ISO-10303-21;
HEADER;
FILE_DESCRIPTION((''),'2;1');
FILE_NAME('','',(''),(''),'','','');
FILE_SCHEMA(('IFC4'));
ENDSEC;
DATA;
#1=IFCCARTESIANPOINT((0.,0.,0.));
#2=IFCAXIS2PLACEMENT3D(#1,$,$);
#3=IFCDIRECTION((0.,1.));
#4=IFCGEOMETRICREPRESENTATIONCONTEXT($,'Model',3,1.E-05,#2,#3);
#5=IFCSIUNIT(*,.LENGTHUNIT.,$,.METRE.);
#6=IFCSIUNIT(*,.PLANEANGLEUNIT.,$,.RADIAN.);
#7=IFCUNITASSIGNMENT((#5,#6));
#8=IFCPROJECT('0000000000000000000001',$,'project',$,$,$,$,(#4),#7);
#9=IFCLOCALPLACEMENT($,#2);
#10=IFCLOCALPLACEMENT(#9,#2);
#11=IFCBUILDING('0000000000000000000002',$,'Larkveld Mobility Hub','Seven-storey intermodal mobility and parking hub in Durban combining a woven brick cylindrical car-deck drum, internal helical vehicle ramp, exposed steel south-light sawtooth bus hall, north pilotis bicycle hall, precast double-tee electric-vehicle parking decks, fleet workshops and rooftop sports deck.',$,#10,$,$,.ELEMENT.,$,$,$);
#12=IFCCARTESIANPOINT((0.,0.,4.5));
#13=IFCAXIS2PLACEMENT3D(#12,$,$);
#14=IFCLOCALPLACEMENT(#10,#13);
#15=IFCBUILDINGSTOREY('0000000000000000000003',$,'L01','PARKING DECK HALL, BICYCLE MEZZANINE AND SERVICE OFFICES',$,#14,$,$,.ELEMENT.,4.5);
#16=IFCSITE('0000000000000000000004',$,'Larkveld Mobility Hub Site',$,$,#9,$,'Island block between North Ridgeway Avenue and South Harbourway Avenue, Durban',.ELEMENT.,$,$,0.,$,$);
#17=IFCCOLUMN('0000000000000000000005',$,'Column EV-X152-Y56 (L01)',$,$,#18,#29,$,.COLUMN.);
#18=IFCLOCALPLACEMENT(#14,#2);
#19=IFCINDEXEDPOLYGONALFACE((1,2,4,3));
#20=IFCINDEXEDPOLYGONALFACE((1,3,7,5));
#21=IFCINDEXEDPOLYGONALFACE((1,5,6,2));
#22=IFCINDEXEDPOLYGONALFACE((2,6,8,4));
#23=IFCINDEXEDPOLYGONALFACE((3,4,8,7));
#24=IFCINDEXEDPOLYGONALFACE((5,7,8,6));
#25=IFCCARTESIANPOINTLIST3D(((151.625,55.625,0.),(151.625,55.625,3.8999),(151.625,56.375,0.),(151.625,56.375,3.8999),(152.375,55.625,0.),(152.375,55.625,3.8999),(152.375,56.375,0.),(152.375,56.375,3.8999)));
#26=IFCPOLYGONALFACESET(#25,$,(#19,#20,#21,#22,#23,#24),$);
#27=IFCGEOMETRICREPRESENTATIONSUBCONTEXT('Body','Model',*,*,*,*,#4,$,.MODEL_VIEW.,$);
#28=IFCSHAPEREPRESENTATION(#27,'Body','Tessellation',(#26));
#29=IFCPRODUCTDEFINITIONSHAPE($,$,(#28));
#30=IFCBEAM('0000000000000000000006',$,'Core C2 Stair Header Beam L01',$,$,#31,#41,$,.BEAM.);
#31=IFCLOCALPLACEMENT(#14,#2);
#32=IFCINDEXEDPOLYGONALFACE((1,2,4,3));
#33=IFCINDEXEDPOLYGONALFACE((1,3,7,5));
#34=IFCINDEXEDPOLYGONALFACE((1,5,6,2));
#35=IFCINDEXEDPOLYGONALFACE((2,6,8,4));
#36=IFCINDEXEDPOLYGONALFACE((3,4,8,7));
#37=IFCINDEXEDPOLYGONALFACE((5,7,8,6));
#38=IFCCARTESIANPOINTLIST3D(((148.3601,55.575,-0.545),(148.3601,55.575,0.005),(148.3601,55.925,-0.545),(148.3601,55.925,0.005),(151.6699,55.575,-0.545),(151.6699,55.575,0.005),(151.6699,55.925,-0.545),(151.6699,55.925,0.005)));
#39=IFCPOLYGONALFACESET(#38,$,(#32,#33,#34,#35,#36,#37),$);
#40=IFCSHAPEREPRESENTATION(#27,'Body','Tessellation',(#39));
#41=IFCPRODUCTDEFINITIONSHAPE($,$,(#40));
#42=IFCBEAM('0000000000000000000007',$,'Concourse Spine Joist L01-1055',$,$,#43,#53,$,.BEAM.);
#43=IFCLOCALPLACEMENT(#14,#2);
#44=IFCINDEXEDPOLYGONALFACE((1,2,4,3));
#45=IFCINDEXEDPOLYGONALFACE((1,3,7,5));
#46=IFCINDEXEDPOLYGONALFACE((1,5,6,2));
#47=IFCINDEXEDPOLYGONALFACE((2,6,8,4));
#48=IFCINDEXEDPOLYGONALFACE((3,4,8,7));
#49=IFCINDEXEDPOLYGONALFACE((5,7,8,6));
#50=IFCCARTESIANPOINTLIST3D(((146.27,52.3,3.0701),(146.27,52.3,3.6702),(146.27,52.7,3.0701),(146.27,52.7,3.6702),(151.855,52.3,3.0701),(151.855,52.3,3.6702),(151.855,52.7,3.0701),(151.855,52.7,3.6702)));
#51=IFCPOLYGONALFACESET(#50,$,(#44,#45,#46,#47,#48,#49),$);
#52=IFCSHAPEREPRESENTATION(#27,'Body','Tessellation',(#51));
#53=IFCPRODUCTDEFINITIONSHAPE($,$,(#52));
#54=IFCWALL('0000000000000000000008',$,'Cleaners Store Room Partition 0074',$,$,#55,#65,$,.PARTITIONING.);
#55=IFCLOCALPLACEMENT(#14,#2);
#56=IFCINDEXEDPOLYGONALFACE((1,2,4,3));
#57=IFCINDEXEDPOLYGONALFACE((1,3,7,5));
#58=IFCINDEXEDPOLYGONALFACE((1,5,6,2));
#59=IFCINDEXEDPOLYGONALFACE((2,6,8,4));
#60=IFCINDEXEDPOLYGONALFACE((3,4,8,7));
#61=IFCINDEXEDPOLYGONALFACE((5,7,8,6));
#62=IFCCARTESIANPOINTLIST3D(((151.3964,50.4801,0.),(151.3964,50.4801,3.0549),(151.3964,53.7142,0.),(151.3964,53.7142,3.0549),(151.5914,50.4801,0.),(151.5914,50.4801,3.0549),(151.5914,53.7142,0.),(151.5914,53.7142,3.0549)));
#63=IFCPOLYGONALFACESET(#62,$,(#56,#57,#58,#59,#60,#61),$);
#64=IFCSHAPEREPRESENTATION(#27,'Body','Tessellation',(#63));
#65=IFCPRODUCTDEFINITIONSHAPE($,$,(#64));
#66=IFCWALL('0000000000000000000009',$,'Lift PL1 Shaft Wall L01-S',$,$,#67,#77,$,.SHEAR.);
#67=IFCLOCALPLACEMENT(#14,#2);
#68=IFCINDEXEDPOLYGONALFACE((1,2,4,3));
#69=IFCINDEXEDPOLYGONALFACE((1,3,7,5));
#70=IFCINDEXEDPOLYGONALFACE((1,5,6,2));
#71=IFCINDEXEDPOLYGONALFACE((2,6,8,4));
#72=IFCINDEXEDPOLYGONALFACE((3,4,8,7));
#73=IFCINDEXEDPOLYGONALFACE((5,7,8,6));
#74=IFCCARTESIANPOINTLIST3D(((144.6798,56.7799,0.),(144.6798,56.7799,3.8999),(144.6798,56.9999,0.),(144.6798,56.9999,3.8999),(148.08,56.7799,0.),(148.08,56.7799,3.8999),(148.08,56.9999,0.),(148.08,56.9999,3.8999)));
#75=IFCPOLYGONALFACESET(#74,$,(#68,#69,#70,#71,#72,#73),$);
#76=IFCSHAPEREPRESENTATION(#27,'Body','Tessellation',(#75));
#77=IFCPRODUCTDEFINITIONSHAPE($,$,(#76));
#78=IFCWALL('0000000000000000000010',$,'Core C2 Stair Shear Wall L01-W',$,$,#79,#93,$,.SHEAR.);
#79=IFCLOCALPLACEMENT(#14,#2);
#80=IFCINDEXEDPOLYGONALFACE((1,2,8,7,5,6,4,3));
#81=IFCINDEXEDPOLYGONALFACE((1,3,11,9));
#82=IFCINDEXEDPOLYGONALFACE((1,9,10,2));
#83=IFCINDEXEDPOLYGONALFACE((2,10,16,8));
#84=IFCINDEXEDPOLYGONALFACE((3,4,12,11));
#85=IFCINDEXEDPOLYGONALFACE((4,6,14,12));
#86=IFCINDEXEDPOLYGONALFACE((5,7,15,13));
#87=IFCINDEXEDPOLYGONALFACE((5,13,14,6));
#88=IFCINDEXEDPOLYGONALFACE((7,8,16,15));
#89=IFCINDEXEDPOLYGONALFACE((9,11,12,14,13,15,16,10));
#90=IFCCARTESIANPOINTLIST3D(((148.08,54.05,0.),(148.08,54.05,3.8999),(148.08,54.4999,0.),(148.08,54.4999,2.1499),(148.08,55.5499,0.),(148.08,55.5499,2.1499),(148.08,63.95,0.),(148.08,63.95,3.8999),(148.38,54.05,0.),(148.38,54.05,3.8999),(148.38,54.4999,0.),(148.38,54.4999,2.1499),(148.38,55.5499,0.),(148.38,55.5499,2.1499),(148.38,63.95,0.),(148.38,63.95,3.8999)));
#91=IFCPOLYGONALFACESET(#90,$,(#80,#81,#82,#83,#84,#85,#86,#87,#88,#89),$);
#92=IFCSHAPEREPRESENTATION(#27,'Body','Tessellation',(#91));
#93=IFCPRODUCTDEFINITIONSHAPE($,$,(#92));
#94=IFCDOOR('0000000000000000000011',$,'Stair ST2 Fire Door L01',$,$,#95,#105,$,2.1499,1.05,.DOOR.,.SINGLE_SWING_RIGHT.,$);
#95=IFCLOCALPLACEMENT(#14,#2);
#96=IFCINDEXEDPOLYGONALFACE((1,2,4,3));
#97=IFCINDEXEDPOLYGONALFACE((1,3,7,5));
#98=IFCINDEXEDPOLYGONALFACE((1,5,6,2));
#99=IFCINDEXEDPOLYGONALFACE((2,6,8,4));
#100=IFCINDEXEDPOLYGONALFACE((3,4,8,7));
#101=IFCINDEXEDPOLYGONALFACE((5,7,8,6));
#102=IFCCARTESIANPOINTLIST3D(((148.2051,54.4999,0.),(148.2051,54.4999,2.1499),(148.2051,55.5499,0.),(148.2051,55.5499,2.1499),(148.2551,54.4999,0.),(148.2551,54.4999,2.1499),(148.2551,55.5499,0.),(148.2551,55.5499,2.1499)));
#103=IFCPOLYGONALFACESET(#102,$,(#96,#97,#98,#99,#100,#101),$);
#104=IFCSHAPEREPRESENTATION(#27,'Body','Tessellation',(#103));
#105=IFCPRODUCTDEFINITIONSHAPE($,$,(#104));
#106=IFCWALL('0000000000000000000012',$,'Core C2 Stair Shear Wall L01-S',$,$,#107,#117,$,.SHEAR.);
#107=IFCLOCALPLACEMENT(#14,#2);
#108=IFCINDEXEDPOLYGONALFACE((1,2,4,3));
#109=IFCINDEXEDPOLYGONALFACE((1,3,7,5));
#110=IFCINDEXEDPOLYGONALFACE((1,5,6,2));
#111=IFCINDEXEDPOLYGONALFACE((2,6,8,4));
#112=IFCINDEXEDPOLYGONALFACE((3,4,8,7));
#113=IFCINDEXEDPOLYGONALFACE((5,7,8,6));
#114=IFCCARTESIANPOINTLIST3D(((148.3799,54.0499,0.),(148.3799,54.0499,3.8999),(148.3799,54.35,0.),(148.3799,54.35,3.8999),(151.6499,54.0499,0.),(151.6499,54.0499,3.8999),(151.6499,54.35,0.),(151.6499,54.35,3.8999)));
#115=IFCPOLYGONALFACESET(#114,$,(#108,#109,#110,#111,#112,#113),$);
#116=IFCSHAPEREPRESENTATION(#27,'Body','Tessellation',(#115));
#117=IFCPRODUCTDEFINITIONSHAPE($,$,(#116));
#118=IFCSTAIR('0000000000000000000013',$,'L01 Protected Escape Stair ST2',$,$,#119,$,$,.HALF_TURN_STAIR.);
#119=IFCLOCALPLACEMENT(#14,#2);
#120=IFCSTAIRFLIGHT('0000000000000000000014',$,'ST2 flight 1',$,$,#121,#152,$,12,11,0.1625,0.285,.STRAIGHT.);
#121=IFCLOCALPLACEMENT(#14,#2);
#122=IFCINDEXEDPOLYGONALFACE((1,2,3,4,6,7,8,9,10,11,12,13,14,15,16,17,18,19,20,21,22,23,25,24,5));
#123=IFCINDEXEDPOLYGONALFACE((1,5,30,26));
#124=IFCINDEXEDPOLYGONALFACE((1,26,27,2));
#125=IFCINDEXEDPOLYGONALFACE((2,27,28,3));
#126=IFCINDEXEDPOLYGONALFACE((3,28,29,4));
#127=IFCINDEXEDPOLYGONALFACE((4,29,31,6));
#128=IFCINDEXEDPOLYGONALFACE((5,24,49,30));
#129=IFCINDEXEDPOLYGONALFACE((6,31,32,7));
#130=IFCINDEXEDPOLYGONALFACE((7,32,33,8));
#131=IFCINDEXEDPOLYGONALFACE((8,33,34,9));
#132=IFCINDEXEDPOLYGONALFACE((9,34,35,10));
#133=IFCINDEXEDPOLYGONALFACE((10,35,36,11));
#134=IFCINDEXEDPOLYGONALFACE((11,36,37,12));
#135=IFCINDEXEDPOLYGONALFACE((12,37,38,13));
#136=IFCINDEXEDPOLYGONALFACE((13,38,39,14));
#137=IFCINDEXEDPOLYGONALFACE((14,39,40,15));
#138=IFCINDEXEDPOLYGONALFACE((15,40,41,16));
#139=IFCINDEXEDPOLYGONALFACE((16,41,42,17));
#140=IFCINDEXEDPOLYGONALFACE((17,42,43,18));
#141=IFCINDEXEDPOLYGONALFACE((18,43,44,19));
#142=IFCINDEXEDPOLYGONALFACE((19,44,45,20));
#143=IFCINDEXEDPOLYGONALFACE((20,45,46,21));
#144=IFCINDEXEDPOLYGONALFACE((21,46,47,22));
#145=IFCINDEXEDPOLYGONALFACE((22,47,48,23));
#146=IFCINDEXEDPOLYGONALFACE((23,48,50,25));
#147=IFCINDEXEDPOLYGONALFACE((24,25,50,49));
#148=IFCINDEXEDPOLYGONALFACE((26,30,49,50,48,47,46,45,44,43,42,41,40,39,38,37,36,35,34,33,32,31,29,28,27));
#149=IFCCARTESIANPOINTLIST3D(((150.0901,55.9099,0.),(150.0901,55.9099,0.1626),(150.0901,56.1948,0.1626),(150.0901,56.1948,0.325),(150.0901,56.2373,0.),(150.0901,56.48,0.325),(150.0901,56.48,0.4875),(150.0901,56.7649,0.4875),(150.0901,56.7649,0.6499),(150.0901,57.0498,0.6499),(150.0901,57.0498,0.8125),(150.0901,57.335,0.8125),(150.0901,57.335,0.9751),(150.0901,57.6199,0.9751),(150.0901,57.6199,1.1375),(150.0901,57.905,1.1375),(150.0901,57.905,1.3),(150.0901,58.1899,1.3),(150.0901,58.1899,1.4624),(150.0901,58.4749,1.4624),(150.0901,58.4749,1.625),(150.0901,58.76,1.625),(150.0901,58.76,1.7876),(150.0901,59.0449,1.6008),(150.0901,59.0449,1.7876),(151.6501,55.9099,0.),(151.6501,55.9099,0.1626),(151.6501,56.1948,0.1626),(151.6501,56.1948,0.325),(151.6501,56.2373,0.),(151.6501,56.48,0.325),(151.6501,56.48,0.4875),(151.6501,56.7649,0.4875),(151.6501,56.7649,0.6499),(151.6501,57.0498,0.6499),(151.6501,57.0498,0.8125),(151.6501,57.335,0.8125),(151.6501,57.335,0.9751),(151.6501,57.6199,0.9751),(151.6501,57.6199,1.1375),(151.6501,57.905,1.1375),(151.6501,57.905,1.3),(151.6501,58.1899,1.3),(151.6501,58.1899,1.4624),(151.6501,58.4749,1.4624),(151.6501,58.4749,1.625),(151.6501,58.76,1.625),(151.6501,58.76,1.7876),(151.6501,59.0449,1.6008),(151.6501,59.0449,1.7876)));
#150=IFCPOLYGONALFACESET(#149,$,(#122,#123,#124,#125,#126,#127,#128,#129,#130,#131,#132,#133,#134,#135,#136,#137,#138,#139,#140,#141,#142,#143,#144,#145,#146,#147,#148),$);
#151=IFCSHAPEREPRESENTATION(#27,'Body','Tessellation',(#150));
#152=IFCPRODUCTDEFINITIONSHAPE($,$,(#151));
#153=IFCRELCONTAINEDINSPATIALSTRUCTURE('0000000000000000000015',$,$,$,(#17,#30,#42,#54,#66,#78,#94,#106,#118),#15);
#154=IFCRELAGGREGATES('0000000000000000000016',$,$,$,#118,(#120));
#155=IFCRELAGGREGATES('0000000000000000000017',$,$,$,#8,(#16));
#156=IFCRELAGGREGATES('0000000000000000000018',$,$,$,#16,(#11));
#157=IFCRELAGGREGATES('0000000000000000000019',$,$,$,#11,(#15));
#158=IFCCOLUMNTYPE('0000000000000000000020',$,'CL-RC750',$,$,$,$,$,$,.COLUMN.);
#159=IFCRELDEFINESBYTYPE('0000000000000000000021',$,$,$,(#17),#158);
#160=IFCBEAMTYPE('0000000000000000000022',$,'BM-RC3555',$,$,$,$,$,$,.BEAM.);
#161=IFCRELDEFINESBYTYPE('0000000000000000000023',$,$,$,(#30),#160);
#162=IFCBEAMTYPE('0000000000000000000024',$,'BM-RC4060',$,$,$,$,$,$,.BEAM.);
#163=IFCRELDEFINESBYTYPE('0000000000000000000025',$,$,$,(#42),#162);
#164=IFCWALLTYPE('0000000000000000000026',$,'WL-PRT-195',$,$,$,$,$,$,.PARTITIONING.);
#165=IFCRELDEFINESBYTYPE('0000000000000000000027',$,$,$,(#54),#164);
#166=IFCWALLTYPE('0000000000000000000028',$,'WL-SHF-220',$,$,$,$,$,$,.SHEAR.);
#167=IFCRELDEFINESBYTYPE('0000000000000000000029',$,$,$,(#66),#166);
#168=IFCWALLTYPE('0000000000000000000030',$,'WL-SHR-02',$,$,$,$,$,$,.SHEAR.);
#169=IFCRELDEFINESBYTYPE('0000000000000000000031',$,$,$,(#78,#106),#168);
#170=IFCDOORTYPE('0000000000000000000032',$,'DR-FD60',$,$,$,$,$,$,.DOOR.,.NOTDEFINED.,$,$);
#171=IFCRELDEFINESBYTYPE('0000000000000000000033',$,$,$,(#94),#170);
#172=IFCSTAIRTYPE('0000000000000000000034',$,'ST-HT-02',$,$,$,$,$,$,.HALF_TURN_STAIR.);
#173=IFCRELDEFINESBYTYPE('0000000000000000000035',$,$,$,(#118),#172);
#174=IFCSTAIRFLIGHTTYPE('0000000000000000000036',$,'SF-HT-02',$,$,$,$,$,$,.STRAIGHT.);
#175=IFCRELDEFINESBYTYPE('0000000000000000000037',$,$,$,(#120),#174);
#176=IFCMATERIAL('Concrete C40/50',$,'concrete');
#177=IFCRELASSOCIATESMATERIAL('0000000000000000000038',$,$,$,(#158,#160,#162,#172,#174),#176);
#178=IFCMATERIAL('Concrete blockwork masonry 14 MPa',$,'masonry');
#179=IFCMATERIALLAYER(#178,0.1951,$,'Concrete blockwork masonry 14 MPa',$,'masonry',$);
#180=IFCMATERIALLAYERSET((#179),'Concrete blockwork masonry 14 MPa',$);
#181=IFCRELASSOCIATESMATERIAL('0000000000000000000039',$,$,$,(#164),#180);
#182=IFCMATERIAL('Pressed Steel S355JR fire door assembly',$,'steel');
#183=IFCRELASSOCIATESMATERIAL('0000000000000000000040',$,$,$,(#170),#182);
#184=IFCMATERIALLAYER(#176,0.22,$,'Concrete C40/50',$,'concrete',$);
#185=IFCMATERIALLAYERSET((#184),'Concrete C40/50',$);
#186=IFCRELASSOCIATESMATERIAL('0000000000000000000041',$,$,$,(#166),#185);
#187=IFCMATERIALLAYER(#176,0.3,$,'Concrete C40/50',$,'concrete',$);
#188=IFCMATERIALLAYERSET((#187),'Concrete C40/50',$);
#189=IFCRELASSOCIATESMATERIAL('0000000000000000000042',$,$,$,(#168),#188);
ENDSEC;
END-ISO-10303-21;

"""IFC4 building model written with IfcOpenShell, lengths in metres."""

from ifc_helpers import new_model, si_unit, direction, frame, frame_2d, origin, origin_2d, place, context, subcontext, project, spatial, polyline, rectangle, outline, extrude, material, layer, layer_set, material_profile, profile_set, type_object, element, fill, aggregate, save


model = new_model("IFC4")

# Units and contexts
model_context = context("Model", 3, precision=1e-05, world=origin(), true_north=direction((0.0, 1.0)))
body_context = subcontext(model_context, "Body", "Model", "MODEL_VIEW")
ifc_project = project(units=[si_unit("LENGTHUNIT", "METRE"), si_unit("PLANEANGLEUNIT", "RADIAN")], contexts=[model_context])

# Site, building, storey
site_placement = place(None, origin())
site = spatial("IfcSite", under=ifc_project, at=site_placement, Name="Larkveld Mobility Hub Site", LongName="Island block between North Ridgeway Avenue and South Harbourway Avenue, Durban", CompositionType="ELEMENT", RefElevation=0.0)
building_placement = place(site_placement, origin())
building = spatial("IfcBuilding", under=site, at=building_placement, Name="Larkveld Mobility Hub", Description="Seven-storey intermodal mobility and parking hub in Durban combining a woven brick cylindrical car-deck drum, internal helical vehicle ramp, exposed steel south-light sawtooth bus hall, north pilotis bicycle hall, precast double-tee electric-vehicle parking decks, fleet workshops and rooftop sports deck.", CompositionType="ELEMENT")
storey_placement = place(building_placement, frame((0.0, 0.0, 4.5)))
storey = spatial("IfcBuildingStorey", under=building, at=storey_placement, Name="L01", Description="PARKING DECK HALL, BICYCLE MEZZANINE AND SERVICE OFFICES", CompositionType="ELEMENT", Elevation=4.5)

# Column
ifc_material_1 = material(Name="Concrete C40/50", Category="concrete")
ifc_material_profile_1 = material_profile(ifc_material_1, rectangle(XDim=0.75, YDim=0.75, at=origin_2d()), Name="RC COL 750x750")
ifc_profile_set_1 = profile_set([ifc_material_profile_1], Name="Concrete C40/50")
column_type = type_object("IfcColumnType", Name="CL-RC750", PredefinedType="COLUMN", material=ifc_profile_set_1)
column_placement = place(storey_placement, frame((152.0, 56.0, 0.0), z_axis=(0.0, 0.0, 1.0), x_axis=(1.0, 0.0, 0.0)))
element("IfcColumn", 1, at=column_placement, inside=storey, type_object=column_type, Name="Column EV-X152-Y56 (L01)", PredefinedType="COLUMN", context=body_context, shape_type="SweptSolid", body=[
    extrude(rectangle(XDim=0.75, YDim=0.75, at=origin_2d()), origin(), (0.0, 0.0, 1.0), 3.8999),
])

# Beams
ifc_material_profile_2 = material_profile(ifc_material_1, rectangle(XDim=0.3501, YDim=0.55, at=origin_2d()), Name="RC BM 350x550")
ifc_profile_set_2 = profile_set([ifc_material_profile_2], Name="Concrete C40/50")
beam_type_1 = type_object("IfcBeamType", Name="BM-RC3555", PredefinedType="BEAM", material=ifc_profile_set_2)
beam_1_placement = place(storey_placement, frame((148.3601, 55.75, -0.27), z_axis=(1.0, 0.0, 0.0), x_axis=(0.0, 1.0, 0.0)))
element("IfcBeam", 2, at=beam_1_placement, inside=storey, type_object=beam_type_1, Name="Core C2 Stair Header Beam L01", PredefinedType="BEAM", context=body_context, shape_type="SweptSolid", body=[
    extrude(rectangle(XDim=0.3501, YDim=0.55, at=origin_2d()), origin(), (0.0, 0.0, 1.0), 3.3098),
])
ifc_material_profile_3 = material_profile(ifc_material_1, rectangle(XDim=0.3999, YDim=0.6001, at=origin_2d()), Name="RC BM 400x600")
ifc_profile_set_3 = profile_set([ifc_material_profile_3], Name="Concrete C40/50")
beam_type_2 = type_object("IfcBeamType", Name="BM-RC4060", PredefinedType="BEAM", material=ifc_profile_set_3)
beam_2_placement = place(storey_placement, frame((146.27, 52.5, 3.3701), z_axis=(1.0, 0.0, 0.0), x_axis=(0.0, 1.0, 0.0)))
element("IfcBeam", 3, at=beam_2_placement, inside=storey, type_object=beam_type_2, Name="Concourse Spine Joist L01-1055", PredefinedType="BEAM", context=body_context, shape_type="SweptSolid", body=[
    extrude(rectangle(XDim=0.3999, YDim=0.6001, at=origin_2d()), origin(), (0.0, 0.0, 1.0), 5.585),
])

# Shared definitions
ifc_material_2 = material(Name="Concrete blockwork masonry 14 MPa", Category="masonry")
ifc_layer_1 = layer(ifc_material_2, 0.1951, Name="Concrete blockwork masonry 14 MPa", Category="masonry")
ifc_layer_set_1 = layer_set([ifc_layer_1], Name="Concrete blockwork masonry 14 MPa")
wall_type_1 = type_object("IfcWallType", Name="WL-PRT-195", PredefinedType="PARTITIONING", material=ifc_layer_set_1)
ifc_material_3 = material(Name="Pressed Steel S355JR fire door assembly", Category="steel")
door_type = type_object("IfcDoorType", Name="DR-FD60", OperationType="NOTDEFINED", PredefinedType="DOOR", material=ifc_material_3)

# Walls
wall_1_placement = place(storey_placement, frame((151.4939, 50.48, 0.0), z_axis=(0.0, 0.0, 1.0), x_axis=(0.0, 1.0, 0.0)))
element("IfcWall", 4, at=wall_1_placement, inside=storey, type_object=wall_type_1, Name="Cleaners Store Room Partition 0074", PredefinedType="PARTITIONING", context=body_context, shape_type="SweptSolid", body=[
    extrude(rectangle(XDim=3.2341, YDim=0.1951, at=frame_2d((1.6172, 0.0))), origin(), (0.0, 0.0, 1.0), 3.0549),
])
ifc_layer_2 = layer(ifc_material_1, 0.22, Name="Concrete C40/50", Category="concrete")
ifc_layer_set_2 = layer_set([ifc_layer_2], Name="Concrete C40/50")
wall_type_2 = type_object("IfcWallType", Name="WL-SHF-220", PredefinedType="SHEAR", material=ifc_layer_set_2)
wall_2_placement = place(storey_placement, frame((148.0801, 56.8899, 0.0), z_axis=(0.0, 0.0, 1.0), x_axis=(-1.0, 0.0, 0.0)))
element("IfcWall", 5, at=wall_2_placement, inside=storey, type_object=wall_type_2, Name="Lift PL1 Shaft Wall L01-S", PredefinedType="SHEAR", context=body_context, shape_type="SweptSolid", body=[
    extrude(rectangle(XDim=3.4001, YDim=0.22, at=frame_2d((1.7002, 0.0))), origin(), (0.0, 0.0, 1.0), 3.8999),
])

# Wall, opening, door
ifc_layer_3 = layer(ifc_material_1, 0.3, Name="Concrete C40/50", Category="concrete")
ifc_layer_set_3 = layer_set([ifc_layer_3], Name="Concrete C40/50")
wall_type_3 = type_object("IfcWallType", Name="WL-SHR-02", PredefinedType="SHEAR", material=ifc_layer_set_3)
wall_3_placement = place(storey_placement, frame((148.23, 54.05, 0.0), z_axis=(0.0, 0.0, 1.0), x_axis=(0.0, 1.0, 0.0)))
wall_3 = element("IfcWall", 6, at=wall_3_placement, inside=storey, type_object=wall_type_3, Name="Core C2 Stair Shear Wall L01-W", PredefinedType="SHEAR", context=body_context, shape_type="SweptSolid", body=[
    extrude(rectangle(XDim=9.8999, YDim=0.3, at=frame_2d((4.95, 0.0))), origin(), (0.0, 0.0, 1.0), 3.8999),
])
opening_1_placement = place(wall_3_placement, frame((0.45, 0.0, 0.0)))
opening_1 = element("IfcOpeningElement", 7, at=opening_1_placement, cuts=wall_3, PredefinedType="OPENING", context=body_context, shape_type="SweptSolid", body=[
    extrude(rectangle(XDim=1.05, YDim=2.1499, at=frame_2d((0.5249, 1.075))), frame((0.0, 0.1602, 0.0), z_axis=(0.0, -1.0, 0.0), x_axis=(1.0, 0.0, 0.0)), (0.0, 0.0, 1.0), 0.3201),
])
door_1_placement = place(opening_1_placement, origin())
door_1 = element("IfcDoor", 8, at=door_1_placement, inside=storey, type_object=door_type, Name="Stair ST2 Fire Door L01", OperationType="SINGLE_SWING_RIGHT", OverallHeight=2.1499, OverallWidth=1.05, PredefinedType="DOOR", context=body_context, shape_type="SweptSolid", body=[
    extrude(rectangle(XDim=1.05, YDim=2.1499, at=frame_2d((0.5249, 1.075))), frame((0.0, 0.0249, 0.0), z_axis=(0.0, -1.0, 0.0), x_axis=(1.0, 0.0, 0.0)), (0.0, 0.0, 1.0), 0.05),
])
fill(opening_1, door_1)

# Wall
wall_4_placement = place(storey_placement, frame((151.6499, 54.2, 0.0), z_axis=(0.0, 0.0, 1.0), x_axis=(-1.0, 0.0, 0.0)))
element("IfcWall", 9, at=wall_4_placement, inside=storey, type_object=wall_type_3, Name="Core C2 Stair Shear Wall L01-S", PredefinedType="SHEAR", context=body_context, shape_type="SweptSolid", body=[
    extrude(rectangle(XDim=3.27, YDim=0.3, at=frame_2d((1.635, 0.0))), origin(), (0.0, 0.0, 1.0), 3.8999),
])

# Stair, stair flight
stair_type = type_object("IfcStairType", Name="ST-HT-02", PredefinedType="HALF_TURN_STAIR", material=ifc_material_1)
stair_placement = place(storey_placement, origin())
stair = element("IfcStair", 10, at=stair_placement, inside=storey, type_object=stair_type, Name="L01 Protected Escape Stair ST2", PredefinedType="HALF_TURN_STAIR")
stair_flight_type = type_object("IfcStairFlightType", Name="SF-HT-02", PredefinedType="STRAIGHT", material=ifc_material_1)
stair_flight_1_placement = place(storey_placement, frame((150.8701, 55.9099, 0.0), z_axis=(0.0, 0.0, 1.0), x_axis=(0.0, 1.0, 0.0)))
stair_flight_1 = element("IfcStairFlight", 11, at=stair_flight_1_placement, type_object=stair_flight_type, Name="ST2 flight 1", NumberOfRisers=12, NumberOfTreads=11, PredefinedType="STRAIGHT", RiserHeight=0.1625, TreadLength=0.285, context=body_context, shape_type="SweptSolid", body=[
    extrude(outline(polyline([(0.0, 0.0), (0.0, 0.1626), (0.2849, 0.1626), (0.2849, 0.325), (0.5701, 0.325), (0.5701, 0.4875), (0.855, 0.4875), (0.855, 0.6499), (1.1399, 0.6499), (1.1399, 0.8125), (1.425, 0.8125), (1.425, 0.9751), (1.71, 0.9751), (1.71, 1.1375), (1.9951, 1.1375), (1.9951, 1.3), (2.28, 1.3), (2.28, 1.4624), (2.5649, 1.4624), (2.5649, 1.625), (2.8501, 1.625), (2.8501, 1.7876), (3.135, 1.7876), (3.135, 1.95), (3.135, 1.6008), (0.3274, 0.0), (0.0, 0.0)])), frame((0.0, 0.78, 0.0), z_axis=(0.0, -1.0, 0.0), x_axis=(1.0, 0.0, 0.0)), (0.0, 0.0, 1.0), 1.5601),
])
aggregate(stair, [stair_flight_1])

save(model, "model.ifc")
